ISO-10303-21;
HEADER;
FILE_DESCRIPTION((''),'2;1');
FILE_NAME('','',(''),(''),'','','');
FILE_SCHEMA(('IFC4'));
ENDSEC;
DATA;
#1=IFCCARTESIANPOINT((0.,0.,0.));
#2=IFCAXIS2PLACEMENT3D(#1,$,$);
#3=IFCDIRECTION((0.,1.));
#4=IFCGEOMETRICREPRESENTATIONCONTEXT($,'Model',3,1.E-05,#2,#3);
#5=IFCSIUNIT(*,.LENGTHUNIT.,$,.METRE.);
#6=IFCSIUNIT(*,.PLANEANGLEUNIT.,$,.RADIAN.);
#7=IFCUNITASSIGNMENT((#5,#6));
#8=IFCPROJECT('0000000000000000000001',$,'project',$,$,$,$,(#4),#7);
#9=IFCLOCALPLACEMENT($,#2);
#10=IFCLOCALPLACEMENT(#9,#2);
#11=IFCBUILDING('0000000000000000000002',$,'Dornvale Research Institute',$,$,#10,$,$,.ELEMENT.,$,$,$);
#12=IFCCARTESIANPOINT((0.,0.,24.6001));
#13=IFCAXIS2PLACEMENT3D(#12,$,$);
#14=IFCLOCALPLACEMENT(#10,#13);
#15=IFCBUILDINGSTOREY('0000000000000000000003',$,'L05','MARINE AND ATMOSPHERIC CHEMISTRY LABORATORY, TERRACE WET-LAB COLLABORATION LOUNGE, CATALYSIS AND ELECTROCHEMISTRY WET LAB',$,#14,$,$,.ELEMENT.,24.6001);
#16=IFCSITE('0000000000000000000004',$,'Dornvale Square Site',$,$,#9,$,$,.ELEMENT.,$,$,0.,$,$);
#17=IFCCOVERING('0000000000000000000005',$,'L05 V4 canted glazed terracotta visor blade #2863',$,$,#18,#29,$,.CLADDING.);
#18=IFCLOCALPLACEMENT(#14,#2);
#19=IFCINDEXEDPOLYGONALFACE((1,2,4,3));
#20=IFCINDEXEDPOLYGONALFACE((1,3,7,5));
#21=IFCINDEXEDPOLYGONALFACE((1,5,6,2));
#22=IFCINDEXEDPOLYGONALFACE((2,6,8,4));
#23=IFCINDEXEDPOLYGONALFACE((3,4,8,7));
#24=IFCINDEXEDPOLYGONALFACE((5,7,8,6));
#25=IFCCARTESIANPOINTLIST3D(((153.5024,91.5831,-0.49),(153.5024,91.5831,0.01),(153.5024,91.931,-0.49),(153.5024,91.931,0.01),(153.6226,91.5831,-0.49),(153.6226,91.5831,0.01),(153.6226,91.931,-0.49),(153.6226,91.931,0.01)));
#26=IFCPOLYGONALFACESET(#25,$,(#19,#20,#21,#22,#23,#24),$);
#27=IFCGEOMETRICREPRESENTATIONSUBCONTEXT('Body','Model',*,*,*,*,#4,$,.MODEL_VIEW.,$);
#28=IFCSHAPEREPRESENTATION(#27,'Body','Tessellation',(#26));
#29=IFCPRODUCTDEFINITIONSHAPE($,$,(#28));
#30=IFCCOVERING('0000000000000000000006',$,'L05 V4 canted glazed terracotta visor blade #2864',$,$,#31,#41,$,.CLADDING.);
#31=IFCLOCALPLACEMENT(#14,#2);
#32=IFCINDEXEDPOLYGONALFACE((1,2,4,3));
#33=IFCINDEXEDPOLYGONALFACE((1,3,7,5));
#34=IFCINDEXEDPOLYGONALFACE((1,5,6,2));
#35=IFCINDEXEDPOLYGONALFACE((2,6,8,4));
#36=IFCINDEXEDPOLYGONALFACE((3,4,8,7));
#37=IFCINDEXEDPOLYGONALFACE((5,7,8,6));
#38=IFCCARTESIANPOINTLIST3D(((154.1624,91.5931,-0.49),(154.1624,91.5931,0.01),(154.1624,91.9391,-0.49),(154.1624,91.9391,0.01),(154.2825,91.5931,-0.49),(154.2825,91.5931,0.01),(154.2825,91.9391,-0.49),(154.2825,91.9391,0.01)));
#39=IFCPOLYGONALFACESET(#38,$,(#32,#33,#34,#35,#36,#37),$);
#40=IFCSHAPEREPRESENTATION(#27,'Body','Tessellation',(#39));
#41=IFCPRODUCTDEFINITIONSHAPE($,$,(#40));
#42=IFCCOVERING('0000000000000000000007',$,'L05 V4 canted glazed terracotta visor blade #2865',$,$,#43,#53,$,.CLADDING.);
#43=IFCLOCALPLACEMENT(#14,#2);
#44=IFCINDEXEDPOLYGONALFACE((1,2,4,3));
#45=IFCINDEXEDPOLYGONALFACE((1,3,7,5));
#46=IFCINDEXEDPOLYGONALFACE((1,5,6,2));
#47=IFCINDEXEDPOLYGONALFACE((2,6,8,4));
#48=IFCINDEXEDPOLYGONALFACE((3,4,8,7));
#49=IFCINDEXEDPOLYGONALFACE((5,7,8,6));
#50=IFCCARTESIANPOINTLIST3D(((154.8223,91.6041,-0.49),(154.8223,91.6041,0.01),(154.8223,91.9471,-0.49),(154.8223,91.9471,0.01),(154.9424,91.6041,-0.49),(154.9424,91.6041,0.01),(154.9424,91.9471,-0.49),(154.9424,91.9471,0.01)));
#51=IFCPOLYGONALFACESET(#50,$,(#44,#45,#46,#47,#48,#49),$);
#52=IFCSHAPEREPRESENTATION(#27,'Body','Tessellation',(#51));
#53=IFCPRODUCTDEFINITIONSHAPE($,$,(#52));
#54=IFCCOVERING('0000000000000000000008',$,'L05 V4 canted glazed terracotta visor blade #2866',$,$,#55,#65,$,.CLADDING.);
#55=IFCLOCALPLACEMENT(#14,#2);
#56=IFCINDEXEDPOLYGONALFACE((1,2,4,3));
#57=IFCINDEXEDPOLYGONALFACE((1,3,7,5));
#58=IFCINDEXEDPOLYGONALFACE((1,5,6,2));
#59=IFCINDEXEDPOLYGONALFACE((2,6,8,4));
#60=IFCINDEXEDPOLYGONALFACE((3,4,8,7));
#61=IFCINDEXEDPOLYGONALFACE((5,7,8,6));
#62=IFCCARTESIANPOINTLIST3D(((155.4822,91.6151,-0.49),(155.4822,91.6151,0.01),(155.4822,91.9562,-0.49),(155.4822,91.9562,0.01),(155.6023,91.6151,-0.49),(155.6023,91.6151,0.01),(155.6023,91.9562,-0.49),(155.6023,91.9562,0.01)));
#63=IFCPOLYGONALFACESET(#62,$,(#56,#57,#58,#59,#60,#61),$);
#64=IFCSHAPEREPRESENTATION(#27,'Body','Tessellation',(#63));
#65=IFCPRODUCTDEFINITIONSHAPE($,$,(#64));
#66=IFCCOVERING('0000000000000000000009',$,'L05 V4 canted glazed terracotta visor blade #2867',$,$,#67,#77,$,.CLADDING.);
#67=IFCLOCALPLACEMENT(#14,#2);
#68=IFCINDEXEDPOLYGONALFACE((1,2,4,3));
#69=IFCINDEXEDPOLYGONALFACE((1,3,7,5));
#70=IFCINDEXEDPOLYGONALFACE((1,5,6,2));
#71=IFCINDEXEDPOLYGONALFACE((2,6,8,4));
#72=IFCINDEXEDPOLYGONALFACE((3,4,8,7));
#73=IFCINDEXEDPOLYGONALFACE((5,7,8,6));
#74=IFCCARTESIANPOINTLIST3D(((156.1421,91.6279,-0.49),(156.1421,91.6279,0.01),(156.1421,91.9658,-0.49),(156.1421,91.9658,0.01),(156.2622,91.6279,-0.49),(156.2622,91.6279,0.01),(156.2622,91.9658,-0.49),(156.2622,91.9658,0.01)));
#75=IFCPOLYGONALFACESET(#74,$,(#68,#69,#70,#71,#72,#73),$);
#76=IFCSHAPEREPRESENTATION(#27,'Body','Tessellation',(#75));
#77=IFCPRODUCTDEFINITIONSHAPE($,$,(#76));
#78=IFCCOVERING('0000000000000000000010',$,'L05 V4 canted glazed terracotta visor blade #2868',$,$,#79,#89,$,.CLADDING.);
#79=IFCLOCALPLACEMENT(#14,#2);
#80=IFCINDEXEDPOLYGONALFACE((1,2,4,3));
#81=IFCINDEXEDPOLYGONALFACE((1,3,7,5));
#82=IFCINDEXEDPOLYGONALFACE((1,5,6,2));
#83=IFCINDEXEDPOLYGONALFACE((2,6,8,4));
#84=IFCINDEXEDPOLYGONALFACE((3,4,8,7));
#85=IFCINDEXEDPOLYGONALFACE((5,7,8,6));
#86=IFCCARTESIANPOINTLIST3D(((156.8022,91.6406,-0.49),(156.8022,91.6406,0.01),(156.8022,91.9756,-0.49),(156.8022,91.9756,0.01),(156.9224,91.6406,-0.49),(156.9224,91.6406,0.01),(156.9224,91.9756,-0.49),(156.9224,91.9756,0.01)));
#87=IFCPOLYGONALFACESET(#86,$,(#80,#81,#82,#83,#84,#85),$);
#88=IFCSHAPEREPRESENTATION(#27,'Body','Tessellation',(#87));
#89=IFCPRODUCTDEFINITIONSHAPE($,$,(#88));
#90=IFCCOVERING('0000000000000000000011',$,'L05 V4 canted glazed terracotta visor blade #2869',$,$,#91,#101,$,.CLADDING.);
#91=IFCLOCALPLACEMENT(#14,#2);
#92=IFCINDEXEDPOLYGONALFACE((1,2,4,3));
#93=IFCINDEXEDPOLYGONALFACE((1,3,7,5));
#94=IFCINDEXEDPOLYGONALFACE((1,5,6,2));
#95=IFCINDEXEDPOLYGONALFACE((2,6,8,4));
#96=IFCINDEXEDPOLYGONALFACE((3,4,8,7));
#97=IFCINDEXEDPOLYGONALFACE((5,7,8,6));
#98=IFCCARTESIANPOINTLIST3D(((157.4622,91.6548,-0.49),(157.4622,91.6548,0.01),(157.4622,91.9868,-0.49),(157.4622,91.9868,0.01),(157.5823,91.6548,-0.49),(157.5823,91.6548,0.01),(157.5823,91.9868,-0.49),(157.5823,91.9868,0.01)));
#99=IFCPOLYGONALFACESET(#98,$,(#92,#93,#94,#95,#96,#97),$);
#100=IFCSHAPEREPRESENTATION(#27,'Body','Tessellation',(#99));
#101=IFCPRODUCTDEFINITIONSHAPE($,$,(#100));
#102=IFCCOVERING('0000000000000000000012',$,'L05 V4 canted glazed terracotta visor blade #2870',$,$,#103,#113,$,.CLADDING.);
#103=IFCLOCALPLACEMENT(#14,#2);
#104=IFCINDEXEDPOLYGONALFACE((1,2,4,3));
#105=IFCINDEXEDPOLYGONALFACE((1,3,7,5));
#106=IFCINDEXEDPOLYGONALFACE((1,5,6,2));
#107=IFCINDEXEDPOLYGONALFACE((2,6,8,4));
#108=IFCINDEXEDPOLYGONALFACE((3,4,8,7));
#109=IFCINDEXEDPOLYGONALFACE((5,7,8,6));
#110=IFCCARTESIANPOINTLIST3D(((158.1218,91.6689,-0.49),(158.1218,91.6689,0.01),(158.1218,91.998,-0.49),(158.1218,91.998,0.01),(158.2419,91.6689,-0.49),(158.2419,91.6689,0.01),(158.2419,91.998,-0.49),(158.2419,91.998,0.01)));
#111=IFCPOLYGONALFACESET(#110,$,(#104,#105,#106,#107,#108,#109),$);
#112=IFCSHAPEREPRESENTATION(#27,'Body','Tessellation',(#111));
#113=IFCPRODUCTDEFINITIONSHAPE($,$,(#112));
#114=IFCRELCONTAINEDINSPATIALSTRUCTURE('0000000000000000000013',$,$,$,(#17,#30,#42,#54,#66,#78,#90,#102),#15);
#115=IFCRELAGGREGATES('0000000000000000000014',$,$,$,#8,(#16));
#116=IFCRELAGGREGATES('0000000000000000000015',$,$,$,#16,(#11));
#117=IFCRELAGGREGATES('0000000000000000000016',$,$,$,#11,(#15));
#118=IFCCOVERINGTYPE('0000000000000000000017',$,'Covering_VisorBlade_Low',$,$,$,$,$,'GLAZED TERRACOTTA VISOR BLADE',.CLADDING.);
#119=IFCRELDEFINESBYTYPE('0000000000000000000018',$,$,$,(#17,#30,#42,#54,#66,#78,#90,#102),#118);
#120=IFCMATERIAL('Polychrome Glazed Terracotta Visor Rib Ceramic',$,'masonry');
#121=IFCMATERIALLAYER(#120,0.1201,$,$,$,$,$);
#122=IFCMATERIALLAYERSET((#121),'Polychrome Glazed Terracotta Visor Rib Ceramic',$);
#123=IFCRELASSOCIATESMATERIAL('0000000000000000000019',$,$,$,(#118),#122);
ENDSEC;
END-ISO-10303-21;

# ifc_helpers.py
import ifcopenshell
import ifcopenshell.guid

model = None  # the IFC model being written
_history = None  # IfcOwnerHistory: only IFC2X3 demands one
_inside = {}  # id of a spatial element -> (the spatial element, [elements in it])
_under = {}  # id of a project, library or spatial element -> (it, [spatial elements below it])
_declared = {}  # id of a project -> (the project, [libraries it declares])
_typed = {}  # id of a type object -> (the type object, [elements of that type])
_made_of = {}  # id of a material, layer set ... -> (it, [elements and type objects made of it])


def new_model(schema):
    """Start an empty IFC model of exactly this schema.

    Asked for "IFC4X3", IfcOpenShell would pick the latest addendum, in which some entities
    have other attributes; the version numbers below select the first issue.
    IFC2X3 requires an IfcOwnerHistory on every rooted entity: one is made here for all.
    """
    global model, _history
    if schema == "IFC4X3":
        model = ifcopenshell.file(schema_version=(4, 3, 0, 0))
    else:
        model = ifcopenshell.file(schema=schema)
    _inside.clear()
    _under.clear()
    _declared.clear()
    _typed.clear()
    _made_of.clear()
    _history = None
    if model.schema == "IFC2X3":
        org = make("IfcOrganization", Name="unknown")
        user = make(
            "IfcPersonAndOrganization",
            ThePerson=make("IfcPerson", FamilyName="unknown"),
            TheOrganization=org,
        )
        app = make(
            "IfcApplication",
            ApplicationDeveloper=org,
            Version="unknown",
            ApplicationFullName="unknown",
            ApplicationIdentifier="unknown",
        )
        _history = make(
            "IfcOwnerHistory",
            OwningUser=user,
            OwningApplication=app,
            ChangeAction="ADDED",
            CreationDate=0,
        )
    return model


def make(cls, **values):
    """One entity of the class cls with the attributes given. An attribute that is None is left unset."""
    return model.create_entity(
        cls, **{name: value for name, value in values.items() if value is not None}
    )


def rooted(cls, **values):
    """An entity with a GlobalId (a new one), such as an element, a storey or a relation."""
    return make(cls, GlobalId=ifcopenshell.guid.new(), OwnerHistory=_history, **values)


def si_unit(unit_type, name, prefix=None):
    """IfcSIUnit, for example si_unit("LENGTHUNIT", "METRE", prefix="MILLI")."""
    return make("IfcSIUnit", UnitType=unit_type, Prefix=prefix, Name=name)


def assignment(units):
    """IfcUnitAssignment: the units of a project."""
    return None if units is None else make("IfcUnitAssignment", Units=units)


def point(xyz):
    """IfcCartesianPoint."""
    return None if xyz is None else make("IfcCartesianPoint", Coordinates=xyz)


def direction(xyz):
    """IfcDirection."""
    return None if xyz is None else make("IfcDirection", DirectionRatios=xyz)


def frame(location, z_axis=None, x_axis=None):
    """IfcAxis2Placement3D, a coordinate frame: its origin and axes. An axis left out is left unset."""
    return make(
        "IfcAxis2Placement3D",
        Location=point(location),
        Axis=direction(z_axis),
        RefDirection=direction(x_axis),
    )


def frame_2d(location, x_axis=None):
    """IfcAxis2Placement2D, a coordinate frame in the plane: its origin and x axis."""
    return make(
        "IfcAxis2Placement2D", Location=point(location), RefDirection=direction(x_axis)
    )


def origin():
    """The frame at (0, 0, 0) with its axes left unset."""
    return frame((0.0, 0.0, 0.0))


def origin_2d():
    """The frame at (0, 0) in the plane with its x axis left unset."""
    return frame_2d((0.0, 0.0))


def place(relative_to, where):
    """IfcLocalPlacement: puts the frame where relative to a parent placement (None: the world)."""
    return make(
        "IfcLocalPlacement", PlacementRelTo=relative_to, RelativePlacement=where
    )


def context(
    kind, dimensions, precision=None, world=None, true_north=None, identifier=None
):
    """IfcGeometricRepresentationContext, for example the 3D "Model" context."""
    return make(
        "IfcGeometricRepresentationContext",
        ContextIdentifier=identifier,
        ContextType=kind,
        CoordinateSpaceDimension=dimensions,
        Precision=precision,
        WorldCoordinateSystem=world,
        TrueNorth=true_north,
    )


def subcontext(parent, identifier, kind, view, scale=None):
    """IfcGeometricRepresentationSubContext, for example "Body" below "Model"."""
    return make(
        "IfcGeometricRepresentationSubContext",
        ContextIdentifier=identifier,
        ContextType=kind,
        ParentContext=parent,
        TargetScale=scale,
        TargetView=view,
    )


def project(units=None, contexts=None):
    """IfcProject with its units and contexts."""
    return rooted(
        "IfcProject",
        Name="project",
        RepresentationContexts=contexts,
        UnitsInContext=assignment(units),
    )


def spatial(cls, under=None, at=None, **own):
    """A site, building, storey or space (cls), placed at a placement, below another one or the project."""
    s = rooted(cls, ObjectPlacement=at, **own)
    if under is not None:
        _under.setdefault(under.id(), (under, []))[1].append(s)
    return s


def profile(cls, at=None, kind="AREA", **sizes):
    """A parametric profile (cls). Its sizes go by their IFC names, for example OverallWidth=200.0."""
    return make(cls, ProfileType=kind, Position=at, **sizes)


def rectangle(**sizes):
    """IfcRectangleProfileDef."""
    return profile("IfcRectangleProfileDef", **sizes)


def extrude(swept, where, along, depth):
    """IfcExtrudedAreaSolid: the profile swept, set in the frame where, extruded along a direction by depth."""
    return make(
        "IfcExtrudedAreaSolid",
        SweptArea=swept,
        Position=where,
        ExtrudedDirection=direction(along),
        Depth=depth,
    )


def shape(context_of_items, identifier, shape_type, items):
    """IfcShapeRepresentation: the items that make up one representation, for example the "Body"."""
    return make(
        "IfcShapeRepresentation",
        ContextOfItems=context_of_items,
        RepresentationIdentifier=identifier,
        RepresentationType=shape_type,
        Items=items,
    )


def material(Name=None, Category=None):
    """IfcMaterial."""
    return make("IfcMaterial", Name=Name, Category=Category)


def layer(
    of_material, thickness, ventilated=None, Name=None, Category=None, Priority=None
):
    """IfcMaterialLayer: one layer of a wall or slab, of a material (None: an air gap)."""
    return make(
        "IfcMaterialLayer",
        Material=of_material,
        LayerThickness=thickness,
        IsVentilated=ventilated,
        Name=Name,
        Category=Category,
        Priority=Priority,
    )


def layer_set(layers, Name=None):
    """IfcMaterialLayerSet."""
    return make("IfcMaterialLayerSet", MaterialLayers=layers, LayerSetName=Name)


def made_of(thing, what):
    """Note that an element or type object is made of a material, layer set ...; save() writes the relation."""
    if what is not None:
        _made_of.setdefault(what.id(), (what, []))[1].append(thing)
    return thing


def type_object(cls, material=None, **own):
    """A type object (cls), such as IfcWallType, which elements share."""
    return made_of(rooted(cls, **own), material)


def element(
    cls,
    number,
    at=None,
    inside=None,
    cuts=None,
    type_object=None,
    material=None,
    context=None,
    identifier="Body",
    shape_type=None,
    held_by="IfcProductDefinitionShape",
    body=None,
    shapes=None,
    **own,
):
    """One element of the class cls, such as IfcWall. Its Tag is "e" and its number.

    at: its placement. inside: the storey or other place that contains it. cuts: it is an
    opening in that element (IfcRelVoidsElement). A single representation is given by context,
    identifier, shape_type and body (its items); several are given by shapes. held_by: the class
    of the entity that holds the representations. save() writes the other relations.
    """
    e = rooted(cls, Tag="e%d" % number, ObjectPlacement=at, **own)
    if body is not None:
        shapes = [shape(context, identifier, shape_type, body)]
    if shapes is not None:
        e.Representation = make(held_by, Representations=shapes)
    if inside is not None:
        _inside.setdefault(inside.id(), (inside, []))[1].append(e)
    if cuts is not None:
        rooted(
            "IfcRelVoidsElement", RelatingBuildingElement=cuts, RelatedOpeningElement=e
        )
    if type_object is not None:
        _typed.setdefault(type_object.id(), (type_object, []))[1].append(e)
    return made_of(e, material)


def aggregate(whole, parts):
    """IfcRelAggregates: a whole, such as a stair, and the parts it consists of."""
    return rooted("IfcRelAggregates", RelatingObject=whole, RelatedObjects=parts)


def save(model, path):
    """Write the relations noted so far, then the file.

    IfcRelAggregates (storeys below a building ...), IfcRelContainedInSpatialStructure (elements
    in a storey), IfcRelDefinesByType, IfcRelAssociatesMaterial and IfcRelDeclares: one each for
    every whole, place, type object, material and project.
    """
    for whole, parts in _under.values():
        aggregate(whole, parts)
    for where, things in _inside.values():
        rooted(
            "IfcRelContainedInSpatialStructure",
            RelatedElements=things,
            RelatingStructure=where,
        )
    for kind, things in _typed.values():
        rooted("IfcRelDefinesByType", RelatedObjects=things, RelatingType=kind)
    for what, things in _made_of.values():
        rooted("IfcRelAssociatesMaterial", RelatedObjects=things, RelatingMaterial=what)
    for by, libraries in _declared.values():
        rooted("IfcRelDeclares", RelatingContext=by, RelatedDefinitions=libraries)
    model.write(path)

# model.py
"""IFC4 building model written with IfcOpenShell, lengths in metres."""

from ifc_helpers import new_model, si_unit, direction, frame, origin, origin_2d, place, context, subcontext, project, spatial, rectangle, extrude, material, layer, layer_set, type_object, element, save


model = new_model("IFC4")

# Units and contexts
model_context = context("Model", 3, precision=1e-05, world=origin(), true_north=direction((0.0, 1.0)))
body_context = subcontext(model_context, "Body", "Model", "MODEL_VIEW")
ifc_project = project(units=[si_unit("LENGTHUNIT", "METRE"), si_unit("PLANEANGLEUNIT", "RADIAN")], contexts=[model_context])

# Site, building, storey
site_placement = place(None, origin())
site = spatial("IfcSite", under=ifc_project, at=site_placement, Name="Dornvale Square Site", CompositionType="ELEMENT", RefElevation=0.0)
building_placement = place(site_placement, origin())
building = spatial("IfcBuilding", under=site, at=building_placement, Name="Dornvale Research Institute", CompositionType="ELEMENT")
storey_placement = place(building_placement, frame((0.0, 0.0, 24.6001)))
storey = spatial("IfcBuildingStorey", under=building, at=storey_placement, Name="L05", Description="MARINE AND ATMOSPHERIC CHEMISTRY LABORATORY, TERRACE WET-LAB COLLABORATION LOUNGE, CATALYSIS AND ELECTROCHEMISTRY WET LAB", CompositionType="ELEMENT", Elevation=24.6001)

# Coverings
ifc_material_1 = material(Name="Polychrome Glazed Terracotta Visor Rib Ceramic", Category="masonry")
ifc_layer_1 = layer(ifc_material_1, 0.1201)
ifc_layer_set_1 = layer_set([ifc_layer_1], Name="Polychrome Glazed Terracotta Visor Rib Ceramic")
covering_type = type_object("IfcCoveringType", Name="Covering_VisorBlade_Low", ElementType="GLAZED TERRACOTTA VISOR BLADE", PredefinedType="CLADDING", material=ifc_layer_set_1)
covering_1_placement = place(storey_placement, frame((153.5625, 91.7571, -0.49), z_axis=(0.0, 0.0, 1.0), x_axis=(0.0, 1.0, 0.0)))
element("IfcCovering", 1, at=covering_1_placement, inside=storey, type_object=covering_type, Name="L05 V4 canted glazed terracotta visor blade #2863", PredefinedType="CLADDING", context=body_context, shape_type="SweptSolid", body=[
    extrude(rectangle(XDim=0.3479, YDim=0.1201, at=origin_2d()), origin(), (0.0, 0.0, 1.0), 0.5),
])
covering_2_placement = place(storey_placement, frame((154.2224, 91.7661, -0.49), z_axis=(0.0, 0.0, 1.0), x_axis=(0.0, 1.0, 0.0)))
element("IfcCovering", 2, at=covering_2_placement, inside=storey, type_object=covering_type, Name="L05 V4 canted glazed terracotta visor blade #2864", PredefinedType="CLADDING", context=body_context, shape_type="SweptSolid", body=[
    extrude(rectangle(XDim=0.3459, YDim=0.1201, at=origin_2d()), origin(), (0.0, 0.0, 1.0), 0.5),
])
covering_3_placement = place(storey_placement, frame((154.8823, 91.7756, -0.49), z_axis=(0.0, 0.0, 1.0), x_axis=(0.0, 1.0, 0.0)))
element("IfcCovering", 3, at=covering_3_placement, inside=storey, type_object=covering_type, Name="L05 V4 canted glazed terracotta visor blade #2865", PredefinedType="CLADDING", context=body_context, shape_type="SweptSolid", body=[
    extrude(rectangle(XDim=0.343, YDim=0.1201, at=origin_2d()), origin(), (0.0, 0.0, 1.0), 0.5),
])
covering_4_placement = place(storey_placement, frame((155.5422, 91.7856, -0.49), z_axis=(0.0, 0.0, 1.0), x_axis=(0.0, 1.0, 0.0)))
element("IfcCovering", 4, at=covering_4_placement, inside=storey, type_object=covering_type, Name="L05 V4 canted glazed terracotta visor blade #2866", PredefinedType="CLADDING", context=body_context, shape_type="SweptSolid", body=[
    extrude(rectangle(XDim=0.3411, YDim=0.1201, at=origin_2d()), origin(), (0.0, 0.0, 1.0), 0.5),
])
covering_5_placement = place(storey_placement, frame((156.2021, 91.7969, -0.49), z_axis=(0.0, 0.0, 1.0), x_axis=(0.0, 1.0, 0.0)))
element("IfcCovering", 5, at=covering_5_placement, inside=storey, type_object=covering_type, Name="L05 V4 canted glazed terracotta visor blade #2867", PredefinedType="CLADDING", context=body_context, shape_type="SweptSolid", body=[
    extrude(rectangle(XDim=0.3379, YDim=0.1201, at=origin_2d()), origin(), (0.0, 0.0, 1.0), 0.5),
])
covering_6_placement = place(storey_placement, frame((156.8623, 91.8081, -0.49), z_axis=(0.0, 0.0, 1.0), x_axis=(0.0, 1.0, 0.0)))
element("IfcCovering", 6, at=covering_6_placement, inside=storey, type_object=covering_type, Name="L05 V4 canted glazed terracotta visor blade #2868", PredefinedType="CLADDING", context=body_context, shape_type="SweptSolid", body=[
    extrude(rectangle(XDim=0.335, YDim=0.1201, at=origin_2d()), origin(), (0.0, 0.0, 1.0), 0.5),
])
covering_7_placement = place(storey_placement, frame((157.5222, 91.8208, -0.49), z_axis=(0.0, 0.0, 1.0), x_axis=(0.0, 1.0, 0.0)))
element("IfcCovering", 7, at=covering_7_placement, inside=storey, type_object=covering_type, Name="L05 V4 canted glazed terracotta visor blade #2869", PredefinedType="CLADDING", context=body_context, shape_type="SweptSolid", body=[
    extrude(rectangle(XDim=0.332, YDim=0.1201, at=origin_2d()), origin(), (0.0, 0.0, 1.0), 0.5),
])
covering_8_placement = place(storey_placement, frame((158.1819, 91.8335, -0.49), z_axis=(0.0, 0.0, 1.0), x_axis=(0.0, 1.0, 0.0)))
element("IfcCovering", 8, at=covering_8_placement, inside=storey, type_object=covering_type, Name="L05 V4 canted glazed terracotta visor blade #2870", PredefinedType="CLADDING", context=body_context, shape_type="SweptSolid", body=[
    extrude(rectangle(XDim=0.3291, YDim=0.1201, at=origin_2d()), origin(), (0.0, 0.0, 1.0), 0.5),
])

save(model, "model.ifc")
